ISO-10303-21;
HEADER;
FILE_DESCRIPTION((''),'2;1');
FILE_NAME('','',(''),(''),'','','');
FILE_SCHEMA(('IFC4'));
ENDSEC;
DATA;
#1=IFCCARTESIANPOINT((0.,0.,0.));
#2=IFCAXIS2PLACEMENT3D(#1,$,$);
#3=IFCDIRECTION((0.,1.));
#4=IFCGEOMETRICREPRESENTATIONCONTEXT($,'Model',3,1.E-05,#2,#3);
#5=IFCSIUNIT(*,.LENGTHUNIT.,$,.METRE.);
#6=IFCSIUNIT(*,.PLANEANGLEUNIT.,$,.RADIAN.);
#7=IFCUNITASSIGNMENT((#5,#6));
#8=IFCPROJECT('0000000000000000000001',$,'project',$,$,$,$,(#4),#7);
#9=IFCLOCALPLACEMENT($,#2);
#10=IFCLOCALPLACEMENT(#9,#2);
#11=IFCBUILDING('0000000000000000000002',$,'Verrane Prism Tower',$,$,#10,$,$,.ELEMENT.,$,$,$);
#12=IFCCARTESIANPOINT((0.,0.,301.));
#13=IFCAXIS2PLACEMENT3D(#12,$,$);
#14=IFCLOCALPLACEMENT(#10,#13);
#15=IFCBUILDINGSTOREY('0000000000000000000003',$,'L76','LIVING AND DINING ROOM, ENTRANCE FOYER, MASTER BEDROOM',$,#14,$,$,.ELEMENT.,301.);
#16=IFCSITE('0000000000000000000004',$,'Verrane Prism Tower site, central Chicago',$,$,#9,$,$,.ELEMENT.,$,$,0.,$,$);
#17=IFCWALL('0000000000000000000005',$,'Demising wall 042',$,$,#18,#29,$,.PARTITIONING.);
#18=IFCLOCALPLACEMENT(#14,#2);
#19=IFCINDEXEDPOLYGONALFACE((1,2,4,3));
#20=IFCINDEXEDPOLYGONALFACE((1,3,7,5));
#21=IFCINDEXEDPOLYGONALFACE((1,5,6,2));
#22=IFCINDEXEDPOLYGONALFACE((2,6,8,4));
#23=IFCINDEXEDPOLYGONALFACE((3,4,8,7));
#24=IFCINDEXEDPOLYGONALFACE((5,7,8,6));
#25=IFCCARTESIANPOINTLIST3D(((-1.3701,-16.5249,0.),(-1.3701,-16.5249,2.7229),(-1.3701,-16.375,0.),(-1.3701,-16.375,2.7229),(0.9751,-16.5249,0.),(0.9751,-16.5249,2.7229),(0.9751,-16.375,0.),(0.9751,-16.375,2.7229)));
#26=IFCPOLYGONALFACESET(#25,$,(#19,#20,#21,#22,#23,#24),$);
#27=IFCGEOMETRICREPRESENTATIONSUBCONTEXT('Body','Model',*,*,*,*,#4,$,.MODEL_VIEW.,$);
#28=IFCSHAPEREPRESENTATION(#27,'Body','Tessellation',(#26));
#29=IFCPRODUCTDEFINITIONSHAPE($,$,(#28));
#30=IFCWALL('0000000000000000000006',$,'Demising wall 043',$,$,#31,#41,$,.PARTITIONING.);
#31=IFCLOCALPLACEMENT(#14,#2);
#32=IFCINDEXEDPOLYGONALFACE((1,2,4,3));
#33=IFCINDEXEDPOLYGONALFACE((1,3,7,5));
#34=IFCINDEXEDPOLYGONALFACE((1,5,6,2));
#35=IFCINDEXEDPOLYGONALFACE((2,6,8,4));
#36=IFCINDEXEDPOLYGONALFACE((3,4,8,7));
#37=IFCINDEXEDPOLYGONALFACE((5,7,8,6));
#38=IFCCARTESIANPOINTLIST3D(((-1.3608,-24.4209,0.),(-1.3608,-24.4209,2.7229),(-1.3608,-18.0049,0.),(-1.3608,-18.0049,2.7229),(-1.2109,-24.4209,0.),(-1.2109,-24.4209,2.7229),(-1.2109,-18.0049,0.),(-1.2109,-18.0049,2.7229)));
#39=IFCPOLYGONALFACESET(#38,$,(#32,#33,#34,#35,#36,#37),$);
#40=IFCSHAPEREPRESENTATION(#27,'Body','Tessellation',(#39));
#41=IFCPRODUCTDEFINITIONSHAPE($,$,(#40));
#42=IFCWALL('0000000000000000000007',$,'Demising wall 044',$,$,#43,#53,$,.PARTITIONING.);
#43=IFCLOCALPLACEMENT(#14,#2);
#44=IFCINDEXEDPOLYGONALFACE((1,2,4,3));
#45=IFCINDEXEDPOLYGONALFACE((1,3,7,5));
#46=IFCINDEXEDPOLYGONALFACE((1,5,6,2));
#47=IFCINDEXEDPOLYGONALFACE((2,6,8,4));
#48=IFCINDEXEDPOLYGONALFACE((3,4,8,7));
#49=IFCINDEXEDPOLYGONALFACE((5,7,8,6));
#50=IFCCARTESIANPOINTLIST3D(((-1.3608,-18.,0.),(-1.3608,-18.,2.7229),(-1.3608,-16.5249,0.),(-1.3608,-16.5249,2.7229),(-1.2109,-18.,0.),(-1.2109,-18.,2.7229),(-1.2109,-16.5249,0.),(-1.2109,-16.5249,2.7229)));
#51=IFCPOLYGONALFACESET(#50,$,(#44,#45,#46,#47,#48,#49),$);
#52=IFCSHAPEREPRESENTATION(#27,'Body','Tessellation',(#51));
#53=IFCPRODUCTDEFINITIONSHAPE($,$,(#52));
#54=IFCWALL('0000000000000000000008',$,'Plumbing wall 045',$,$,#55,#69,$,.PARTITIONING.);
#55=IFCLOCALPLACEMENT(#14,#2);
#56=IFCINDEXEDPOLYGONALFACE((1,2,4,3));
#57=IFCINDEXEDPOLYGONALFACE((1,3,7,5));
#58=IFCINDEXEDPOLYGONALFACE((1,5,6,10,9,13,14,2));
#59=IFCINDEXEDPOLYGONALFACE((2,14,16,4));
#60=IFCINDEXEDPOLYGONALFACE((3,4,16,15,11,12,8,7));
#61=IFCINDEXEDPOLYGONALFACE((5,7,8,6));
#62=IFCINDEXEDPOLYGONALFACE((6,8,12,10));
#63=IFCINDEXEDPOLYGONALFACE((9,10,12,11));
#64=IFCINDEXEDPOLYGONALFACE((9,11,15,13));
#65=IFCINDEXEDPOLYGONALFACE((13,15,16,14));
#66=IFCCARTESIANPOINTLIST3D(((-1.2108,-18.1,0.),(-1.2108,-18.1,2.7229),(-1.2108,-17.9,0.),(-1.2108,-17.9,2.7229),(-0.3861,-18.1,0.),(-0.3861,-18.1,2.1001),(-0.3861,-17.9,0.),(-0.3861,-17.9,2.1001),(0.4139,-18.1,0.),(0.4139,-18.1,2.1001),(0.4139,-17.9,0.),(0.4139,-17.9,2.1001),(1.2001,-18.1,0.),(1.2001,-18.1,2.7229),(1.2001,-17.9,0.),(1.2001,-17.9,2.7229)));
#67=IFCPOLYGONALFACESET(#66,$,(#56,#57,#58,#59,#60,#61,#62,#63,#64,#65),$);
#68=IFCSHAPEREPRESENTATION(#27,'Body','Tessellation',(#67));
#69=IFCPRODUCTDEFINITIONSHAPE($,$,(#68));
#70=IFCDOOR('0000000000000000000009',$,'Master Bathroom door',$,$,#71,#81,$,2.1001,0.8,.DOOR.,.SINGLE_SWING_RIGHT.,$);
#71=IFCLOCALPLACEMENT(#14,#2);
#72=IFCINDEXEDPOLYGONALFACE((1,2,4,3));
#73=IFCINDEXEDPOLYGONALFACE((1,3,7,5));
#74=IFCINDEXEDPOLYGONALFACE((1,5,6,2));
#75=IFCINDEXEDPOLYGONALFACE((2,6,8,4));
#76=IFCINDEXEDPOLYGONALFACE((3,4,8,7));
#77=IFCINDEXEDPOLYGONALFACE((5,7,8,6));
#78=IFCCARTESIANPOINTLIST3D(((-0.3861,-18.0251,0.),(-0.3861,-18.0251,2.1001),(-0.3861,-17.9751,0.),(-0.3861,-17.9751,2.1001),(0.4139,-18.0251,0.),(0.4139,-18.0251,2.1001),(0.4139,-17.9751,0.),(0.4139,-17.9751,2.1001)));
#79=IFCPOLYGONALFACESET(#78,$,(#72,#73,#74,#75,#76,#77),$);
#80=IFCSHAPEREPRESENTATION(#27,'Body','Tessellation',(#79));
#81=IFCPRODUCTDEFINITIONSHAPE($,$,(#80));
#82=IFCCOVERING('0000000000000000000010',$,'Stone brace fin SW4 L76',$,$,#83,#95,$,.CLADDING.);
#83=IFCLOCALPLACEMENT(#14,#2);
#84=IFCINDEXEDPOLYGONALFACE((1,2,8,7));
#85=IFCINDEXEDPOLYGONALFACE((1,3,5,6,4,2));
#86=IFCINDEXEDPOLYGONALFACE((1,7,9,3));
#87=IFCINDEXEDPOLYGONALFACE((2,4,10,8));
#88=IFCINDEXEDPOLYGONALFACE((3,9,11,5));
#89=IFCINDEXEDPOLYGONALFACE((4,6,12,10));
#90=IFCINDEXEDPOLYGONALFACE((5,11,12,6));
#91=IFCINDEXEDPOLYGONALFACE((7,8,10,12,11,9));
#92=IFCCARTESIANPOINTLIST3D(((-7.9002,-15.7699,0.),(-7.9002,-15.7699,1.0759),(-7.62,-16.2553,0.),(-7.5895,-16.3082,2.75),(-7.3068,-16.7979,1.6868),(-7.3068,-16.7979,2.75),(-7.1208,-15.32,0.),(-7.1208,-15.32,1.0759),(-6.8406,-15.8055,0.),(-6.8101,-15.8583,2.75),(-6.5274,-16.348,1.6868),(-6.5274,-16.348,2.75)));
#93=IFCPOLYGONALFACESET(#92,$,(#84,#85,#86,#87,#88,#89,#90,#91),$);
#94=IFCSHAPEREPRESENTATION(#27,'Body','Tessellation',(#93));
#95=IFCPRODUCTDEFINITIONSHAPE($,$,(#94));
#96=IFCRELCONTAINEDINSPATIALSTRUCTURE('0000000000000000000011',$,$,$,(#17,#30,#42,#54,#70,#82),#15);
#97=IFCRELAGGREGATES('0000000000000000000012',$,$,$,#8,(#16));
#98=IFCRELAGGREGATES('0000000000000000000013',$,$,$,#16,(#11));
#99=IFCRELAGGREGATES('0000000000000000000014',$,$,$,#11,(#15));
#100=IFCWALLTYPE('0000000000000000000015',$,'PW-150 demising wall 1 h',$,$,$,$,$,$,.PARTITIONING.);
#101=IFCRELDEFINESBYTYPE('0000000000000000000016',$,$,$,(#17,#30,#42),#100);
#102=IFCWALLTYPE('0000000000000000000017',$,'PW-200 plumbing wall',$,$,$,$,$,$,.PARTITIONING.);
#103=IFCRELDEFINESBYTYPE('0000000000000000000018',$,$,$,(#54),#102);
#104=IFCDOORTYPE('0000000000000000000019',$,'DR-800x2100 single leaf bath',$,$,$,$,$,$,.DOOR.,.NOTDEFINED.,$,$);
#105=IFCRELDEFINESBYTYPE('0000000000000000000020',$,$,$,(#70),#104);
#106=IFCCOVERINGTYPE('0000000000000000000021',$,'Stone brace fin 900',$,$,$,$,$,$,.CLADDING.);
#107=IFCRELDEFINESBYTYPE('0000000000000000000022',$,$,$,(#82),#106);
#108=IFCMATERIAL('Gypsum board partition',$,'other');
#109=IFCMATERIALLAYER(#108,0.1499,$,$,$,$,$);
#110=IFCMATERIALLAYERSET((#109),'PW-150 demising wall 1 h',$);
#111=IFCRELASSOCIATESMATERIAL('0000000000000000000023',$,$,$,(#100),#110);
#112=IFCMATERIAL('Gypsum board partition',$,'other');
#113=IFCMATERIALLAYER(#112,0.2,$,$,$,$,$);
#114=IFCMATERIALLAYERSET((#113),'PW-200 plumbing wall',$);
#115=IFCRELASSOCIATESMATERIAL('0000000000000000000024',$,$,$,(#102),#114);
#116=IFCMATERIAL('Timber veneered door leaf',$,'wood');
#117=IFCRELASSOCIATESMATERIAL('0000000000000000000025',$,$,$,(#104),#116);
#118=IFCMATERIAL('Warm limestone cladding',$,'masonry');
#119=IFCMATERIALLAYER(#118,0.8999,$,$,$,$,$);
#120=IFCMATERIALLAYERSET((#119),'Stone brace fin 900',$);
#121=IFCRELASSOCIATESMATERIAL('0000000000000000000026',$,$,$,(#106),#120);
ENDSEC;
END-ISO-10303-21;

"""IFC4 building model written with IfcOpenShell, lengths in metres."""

from ifc_helpers import new_model, si_unit, direction, frame, frame_2d, origin, place, context, subcontext, project, spatial, polyline, rectangle, outline, extrude, material, layer, layer_set, type_object, element, fill, save


model = new_model("IFC4")

# Units and contexts
model_context = context("Model", 3, precision=1e-05, world=origin(), true_north=direction((0.0, 1.0)))
body_context = subcontext(model_context, "Body", "Model", "MODEL_VIEW")
ifc_project = project(units=[si_unit("LENGTHUNIT", "METRE"), si_unit("PLANEANGLEUNIT", "RADIAN")], contexts=[model_context])

# Site, building, storey
site_placement = place(None, origin())
site = spatial("IfcSite", under=ifc_project, at=site_placement, Name="Verrane Prism Tower site, central Chicago", CompositionType="ELEMENT", RefElevation=0.0)
building_placement = place(site_placement, origin())
building = spatial("IfcBuilding", under=site, at=building_placement, Name="Verrane Prism Tower", CompositionType="ELEMENT")
storey_placement = place(building_placement, frame((0.0, 0.0, 301.0)))
storey = spatial("IfcBuildingStorey", under=building, at=storey_placement, Name="L76", Description="LIVING AND DINING ROOM, ENTRANCE FOYER, MASTER BEDROOM", CompositionType="ELEMENT", Elevation=301.0)

# Walls
ifc_material_1 = material(Name="Gypsum board partition", Category="other")
ifc_layer_1 = layer(ifc_material_1, 0.1499)
ifc_layer_set_1 = layer_set([ifc_layer_1], Name="PW-150 demising wall 1 h")
wall_type_1 = type_object("IfcWallType", Name="PW-150 demising wall 1 h", PredefinedType="PARTITIONING", material=ifc_layer_set_1)
wall_1_placement = place(storey_placement, frame((-1.3701, -16.45, 0.0), z_axis=(0.0, 0.0, 1.0), x_axis=(1.0, 0.0, 0.0)))
element("IfcWall", 1, at=wall_1_placement, inside=storey, type_object=wall_type_1, Name="Demising wall 042", PredefinedType="PARTITIONING", context=body_context, shape_type="SweptSolid", body=[
    extrude(rectangle(XDim=2.3452, YDim=0.1499, at=frame_2d((1.1726, 0.0))), origin(), (0.0, 0.0, 1.0), 2.7229),
])
wall_2_placement = place(storey_placement, frame((-1.2859, -24.4209, 0.0), z_axis=(0.0, 0.0, 1.0), x_axis=(0.0, 1.0, 0.0)))
element("IfcWall", 2, at=wall_2_placement, inside=storey, type_object=wall_type_1, Name="Demising wall 043", PredefinedType="PARTITIONING", context=body_context, shape_type="SweptSolid", body=[
    extrude(rectangle(XDim=6.416, YDim=0.1499, at=frame_2d((3.208, 0.0))), origin(), (0.0, 0.0, 1.0), 2.7229),
])
wall_3_placement = place(storey_placement, frame((-1.2859, -18.0, 0.0), z_axis=(0.0, 0.0, 1.0), x_axis=(0.0, 1.0, 0.0)))
element("IfcWall", 3, at=wall_3_placement, inside=storey, type_object=wall_type_1, Name="Demising wall 044", PredefinedType="PARTITIONING", context=body_context, shape_type="SweptSolid", body=[
    extrude(rectangle(XDim=1.4751, YDim=0.1499, at=frame_2d((0.7375, 0.0))), origin(), (0.0, 0.0, 1.0), 2.7229),
])

# Wall, opening, door
ifc_material_2 = material(Name="Gypsum board partition", Category="other")
ifc_layer_2 = layer(ifc_material_2, 0.2)
ifc_layer_set_2 = layer_set([ifc_layer_2], Name="PW-200 plumbing wall")
wall_type_2 = type_object("IfcWallType", Name="PW-200 plumbing wall", PredefinedType="PARTITIONING", material=ifc_layer_set_2)
wall_4_placement = place(storey_placement, frame((-1.2109, -18.0, 0.0), z_axis=(0.0, 0.0, 1.0), x_axis=(1.0, 0.0, 0.0)))
wall_4 = element("IfcWall", 4, at=wall_4_placement, inside=storey, type_object=wall_type_2, Name="Plumbing wall 045", PredefinedType="PARTITIONING", context=body_context, shape_type="SweptSolid", body=[
    extrude(rectangle(XDim=2.4109, YDim=0.2, at=frame_2d((1.2056, 0.0))), origin(), (0.0, 0.0, 1.0), 2.7229),
])
opening_1_placement = place(wall_4_placement, frame((0.825, 0.0, 0.0)))
opening_1 = element("IfcOpeningElement", 5, at=opening_1_placement, cuts=wall_4, PredefinedType="OPENING", context=body_context, shape_type="SweptSolid", body=[
    extrude(rectangle(XDim=0.8, YDim=2.1001, at=frame_2d((0.3999, 1.05))), frame((0.0, 0.1099, 0.0), z_axis=(0.0, -1.0, 0.0), x_axis=(1.0, 0.0, 0.0)), (0.0, 0.0, 1.0), 0.22),
])
ifc_material_3 = material(Name="Timber veneered door leaf", Category="wood")
door_type_1 = type_object("IfcDoorType", Name="DR-800x2100 single leaf bath", OperationType="NOTDEFINED", PredefinedType="DOOR", material=ifc_material_3)
door_1_placement = place(opening_1_placement, origin())
door_1 = element("IfcDoor", 6, at=door_1_placement, inside=storey, type_object=door_type_1, Name="Master Bathroom door", OperationType="SINGLE_SWING_RIGHT", OverallHeight=2.1001, OverallWidth=0.8, PredefinedType="DOOR", context=body_context, shape_type="SweptSolid", body=[
    extrude(rectangle(XDim=0.8, YDim=2.1001, at=frame_2d((0.3999, 1.05))), frame((0.0, 0.0249, 0.0), z_axis=(0.0, -1.0, 0.0), x_axis=(1.0, 0.0, 0.0)), (0.0, 0.0, 1.0), 0.05),
])
fill(opening_1, door_1)

# Covering
ifc_material_4 = material(Name="Warm limestone cladding", Category="masonry")
ifc_layer_3 = layer(ifc_material_4, 0.8999)
ifc_layer_set_3 = layer_set([ifc_layer_3], Name="Stone brace fin 900")
covering_type = type_object("IfcCoveringType", Name="Stone brace fin 900", PredefinedType="CLADDING", material=ifc_layer_set_3)
covering_placement = place(storey_placement, frame((-7.5105, -15.5449, 0.0), z_axis=(0.0, 0.0, 1.0), x_axis=(0.499901, -0.866083, 0.0)))
element("IfcCovering", 7, at=covering_placement, inside=storey, type_object=covering_type, Name="Stone brace fin SW4 L76", PredefinedType="CLADDING", context=body_context, shape_type="SweptSolid", body=[
    extrude(outline(polyline([(1.187, 2.75), (0.6216, 2.75), (0.0, 1.0759), (0.0, 0.0), (0.5605, 0.0), (1.187, 1.6868), (1.187, 2.75)])), frame((0.0, 0.45, 0.0), z_axis=(0.0, -1.0, 0.0), x_axis=(1.0, 0.0, 0.0)), (0.0, 0.0, 1.0), 0.8999),
])

save(model, "model.ifc")
